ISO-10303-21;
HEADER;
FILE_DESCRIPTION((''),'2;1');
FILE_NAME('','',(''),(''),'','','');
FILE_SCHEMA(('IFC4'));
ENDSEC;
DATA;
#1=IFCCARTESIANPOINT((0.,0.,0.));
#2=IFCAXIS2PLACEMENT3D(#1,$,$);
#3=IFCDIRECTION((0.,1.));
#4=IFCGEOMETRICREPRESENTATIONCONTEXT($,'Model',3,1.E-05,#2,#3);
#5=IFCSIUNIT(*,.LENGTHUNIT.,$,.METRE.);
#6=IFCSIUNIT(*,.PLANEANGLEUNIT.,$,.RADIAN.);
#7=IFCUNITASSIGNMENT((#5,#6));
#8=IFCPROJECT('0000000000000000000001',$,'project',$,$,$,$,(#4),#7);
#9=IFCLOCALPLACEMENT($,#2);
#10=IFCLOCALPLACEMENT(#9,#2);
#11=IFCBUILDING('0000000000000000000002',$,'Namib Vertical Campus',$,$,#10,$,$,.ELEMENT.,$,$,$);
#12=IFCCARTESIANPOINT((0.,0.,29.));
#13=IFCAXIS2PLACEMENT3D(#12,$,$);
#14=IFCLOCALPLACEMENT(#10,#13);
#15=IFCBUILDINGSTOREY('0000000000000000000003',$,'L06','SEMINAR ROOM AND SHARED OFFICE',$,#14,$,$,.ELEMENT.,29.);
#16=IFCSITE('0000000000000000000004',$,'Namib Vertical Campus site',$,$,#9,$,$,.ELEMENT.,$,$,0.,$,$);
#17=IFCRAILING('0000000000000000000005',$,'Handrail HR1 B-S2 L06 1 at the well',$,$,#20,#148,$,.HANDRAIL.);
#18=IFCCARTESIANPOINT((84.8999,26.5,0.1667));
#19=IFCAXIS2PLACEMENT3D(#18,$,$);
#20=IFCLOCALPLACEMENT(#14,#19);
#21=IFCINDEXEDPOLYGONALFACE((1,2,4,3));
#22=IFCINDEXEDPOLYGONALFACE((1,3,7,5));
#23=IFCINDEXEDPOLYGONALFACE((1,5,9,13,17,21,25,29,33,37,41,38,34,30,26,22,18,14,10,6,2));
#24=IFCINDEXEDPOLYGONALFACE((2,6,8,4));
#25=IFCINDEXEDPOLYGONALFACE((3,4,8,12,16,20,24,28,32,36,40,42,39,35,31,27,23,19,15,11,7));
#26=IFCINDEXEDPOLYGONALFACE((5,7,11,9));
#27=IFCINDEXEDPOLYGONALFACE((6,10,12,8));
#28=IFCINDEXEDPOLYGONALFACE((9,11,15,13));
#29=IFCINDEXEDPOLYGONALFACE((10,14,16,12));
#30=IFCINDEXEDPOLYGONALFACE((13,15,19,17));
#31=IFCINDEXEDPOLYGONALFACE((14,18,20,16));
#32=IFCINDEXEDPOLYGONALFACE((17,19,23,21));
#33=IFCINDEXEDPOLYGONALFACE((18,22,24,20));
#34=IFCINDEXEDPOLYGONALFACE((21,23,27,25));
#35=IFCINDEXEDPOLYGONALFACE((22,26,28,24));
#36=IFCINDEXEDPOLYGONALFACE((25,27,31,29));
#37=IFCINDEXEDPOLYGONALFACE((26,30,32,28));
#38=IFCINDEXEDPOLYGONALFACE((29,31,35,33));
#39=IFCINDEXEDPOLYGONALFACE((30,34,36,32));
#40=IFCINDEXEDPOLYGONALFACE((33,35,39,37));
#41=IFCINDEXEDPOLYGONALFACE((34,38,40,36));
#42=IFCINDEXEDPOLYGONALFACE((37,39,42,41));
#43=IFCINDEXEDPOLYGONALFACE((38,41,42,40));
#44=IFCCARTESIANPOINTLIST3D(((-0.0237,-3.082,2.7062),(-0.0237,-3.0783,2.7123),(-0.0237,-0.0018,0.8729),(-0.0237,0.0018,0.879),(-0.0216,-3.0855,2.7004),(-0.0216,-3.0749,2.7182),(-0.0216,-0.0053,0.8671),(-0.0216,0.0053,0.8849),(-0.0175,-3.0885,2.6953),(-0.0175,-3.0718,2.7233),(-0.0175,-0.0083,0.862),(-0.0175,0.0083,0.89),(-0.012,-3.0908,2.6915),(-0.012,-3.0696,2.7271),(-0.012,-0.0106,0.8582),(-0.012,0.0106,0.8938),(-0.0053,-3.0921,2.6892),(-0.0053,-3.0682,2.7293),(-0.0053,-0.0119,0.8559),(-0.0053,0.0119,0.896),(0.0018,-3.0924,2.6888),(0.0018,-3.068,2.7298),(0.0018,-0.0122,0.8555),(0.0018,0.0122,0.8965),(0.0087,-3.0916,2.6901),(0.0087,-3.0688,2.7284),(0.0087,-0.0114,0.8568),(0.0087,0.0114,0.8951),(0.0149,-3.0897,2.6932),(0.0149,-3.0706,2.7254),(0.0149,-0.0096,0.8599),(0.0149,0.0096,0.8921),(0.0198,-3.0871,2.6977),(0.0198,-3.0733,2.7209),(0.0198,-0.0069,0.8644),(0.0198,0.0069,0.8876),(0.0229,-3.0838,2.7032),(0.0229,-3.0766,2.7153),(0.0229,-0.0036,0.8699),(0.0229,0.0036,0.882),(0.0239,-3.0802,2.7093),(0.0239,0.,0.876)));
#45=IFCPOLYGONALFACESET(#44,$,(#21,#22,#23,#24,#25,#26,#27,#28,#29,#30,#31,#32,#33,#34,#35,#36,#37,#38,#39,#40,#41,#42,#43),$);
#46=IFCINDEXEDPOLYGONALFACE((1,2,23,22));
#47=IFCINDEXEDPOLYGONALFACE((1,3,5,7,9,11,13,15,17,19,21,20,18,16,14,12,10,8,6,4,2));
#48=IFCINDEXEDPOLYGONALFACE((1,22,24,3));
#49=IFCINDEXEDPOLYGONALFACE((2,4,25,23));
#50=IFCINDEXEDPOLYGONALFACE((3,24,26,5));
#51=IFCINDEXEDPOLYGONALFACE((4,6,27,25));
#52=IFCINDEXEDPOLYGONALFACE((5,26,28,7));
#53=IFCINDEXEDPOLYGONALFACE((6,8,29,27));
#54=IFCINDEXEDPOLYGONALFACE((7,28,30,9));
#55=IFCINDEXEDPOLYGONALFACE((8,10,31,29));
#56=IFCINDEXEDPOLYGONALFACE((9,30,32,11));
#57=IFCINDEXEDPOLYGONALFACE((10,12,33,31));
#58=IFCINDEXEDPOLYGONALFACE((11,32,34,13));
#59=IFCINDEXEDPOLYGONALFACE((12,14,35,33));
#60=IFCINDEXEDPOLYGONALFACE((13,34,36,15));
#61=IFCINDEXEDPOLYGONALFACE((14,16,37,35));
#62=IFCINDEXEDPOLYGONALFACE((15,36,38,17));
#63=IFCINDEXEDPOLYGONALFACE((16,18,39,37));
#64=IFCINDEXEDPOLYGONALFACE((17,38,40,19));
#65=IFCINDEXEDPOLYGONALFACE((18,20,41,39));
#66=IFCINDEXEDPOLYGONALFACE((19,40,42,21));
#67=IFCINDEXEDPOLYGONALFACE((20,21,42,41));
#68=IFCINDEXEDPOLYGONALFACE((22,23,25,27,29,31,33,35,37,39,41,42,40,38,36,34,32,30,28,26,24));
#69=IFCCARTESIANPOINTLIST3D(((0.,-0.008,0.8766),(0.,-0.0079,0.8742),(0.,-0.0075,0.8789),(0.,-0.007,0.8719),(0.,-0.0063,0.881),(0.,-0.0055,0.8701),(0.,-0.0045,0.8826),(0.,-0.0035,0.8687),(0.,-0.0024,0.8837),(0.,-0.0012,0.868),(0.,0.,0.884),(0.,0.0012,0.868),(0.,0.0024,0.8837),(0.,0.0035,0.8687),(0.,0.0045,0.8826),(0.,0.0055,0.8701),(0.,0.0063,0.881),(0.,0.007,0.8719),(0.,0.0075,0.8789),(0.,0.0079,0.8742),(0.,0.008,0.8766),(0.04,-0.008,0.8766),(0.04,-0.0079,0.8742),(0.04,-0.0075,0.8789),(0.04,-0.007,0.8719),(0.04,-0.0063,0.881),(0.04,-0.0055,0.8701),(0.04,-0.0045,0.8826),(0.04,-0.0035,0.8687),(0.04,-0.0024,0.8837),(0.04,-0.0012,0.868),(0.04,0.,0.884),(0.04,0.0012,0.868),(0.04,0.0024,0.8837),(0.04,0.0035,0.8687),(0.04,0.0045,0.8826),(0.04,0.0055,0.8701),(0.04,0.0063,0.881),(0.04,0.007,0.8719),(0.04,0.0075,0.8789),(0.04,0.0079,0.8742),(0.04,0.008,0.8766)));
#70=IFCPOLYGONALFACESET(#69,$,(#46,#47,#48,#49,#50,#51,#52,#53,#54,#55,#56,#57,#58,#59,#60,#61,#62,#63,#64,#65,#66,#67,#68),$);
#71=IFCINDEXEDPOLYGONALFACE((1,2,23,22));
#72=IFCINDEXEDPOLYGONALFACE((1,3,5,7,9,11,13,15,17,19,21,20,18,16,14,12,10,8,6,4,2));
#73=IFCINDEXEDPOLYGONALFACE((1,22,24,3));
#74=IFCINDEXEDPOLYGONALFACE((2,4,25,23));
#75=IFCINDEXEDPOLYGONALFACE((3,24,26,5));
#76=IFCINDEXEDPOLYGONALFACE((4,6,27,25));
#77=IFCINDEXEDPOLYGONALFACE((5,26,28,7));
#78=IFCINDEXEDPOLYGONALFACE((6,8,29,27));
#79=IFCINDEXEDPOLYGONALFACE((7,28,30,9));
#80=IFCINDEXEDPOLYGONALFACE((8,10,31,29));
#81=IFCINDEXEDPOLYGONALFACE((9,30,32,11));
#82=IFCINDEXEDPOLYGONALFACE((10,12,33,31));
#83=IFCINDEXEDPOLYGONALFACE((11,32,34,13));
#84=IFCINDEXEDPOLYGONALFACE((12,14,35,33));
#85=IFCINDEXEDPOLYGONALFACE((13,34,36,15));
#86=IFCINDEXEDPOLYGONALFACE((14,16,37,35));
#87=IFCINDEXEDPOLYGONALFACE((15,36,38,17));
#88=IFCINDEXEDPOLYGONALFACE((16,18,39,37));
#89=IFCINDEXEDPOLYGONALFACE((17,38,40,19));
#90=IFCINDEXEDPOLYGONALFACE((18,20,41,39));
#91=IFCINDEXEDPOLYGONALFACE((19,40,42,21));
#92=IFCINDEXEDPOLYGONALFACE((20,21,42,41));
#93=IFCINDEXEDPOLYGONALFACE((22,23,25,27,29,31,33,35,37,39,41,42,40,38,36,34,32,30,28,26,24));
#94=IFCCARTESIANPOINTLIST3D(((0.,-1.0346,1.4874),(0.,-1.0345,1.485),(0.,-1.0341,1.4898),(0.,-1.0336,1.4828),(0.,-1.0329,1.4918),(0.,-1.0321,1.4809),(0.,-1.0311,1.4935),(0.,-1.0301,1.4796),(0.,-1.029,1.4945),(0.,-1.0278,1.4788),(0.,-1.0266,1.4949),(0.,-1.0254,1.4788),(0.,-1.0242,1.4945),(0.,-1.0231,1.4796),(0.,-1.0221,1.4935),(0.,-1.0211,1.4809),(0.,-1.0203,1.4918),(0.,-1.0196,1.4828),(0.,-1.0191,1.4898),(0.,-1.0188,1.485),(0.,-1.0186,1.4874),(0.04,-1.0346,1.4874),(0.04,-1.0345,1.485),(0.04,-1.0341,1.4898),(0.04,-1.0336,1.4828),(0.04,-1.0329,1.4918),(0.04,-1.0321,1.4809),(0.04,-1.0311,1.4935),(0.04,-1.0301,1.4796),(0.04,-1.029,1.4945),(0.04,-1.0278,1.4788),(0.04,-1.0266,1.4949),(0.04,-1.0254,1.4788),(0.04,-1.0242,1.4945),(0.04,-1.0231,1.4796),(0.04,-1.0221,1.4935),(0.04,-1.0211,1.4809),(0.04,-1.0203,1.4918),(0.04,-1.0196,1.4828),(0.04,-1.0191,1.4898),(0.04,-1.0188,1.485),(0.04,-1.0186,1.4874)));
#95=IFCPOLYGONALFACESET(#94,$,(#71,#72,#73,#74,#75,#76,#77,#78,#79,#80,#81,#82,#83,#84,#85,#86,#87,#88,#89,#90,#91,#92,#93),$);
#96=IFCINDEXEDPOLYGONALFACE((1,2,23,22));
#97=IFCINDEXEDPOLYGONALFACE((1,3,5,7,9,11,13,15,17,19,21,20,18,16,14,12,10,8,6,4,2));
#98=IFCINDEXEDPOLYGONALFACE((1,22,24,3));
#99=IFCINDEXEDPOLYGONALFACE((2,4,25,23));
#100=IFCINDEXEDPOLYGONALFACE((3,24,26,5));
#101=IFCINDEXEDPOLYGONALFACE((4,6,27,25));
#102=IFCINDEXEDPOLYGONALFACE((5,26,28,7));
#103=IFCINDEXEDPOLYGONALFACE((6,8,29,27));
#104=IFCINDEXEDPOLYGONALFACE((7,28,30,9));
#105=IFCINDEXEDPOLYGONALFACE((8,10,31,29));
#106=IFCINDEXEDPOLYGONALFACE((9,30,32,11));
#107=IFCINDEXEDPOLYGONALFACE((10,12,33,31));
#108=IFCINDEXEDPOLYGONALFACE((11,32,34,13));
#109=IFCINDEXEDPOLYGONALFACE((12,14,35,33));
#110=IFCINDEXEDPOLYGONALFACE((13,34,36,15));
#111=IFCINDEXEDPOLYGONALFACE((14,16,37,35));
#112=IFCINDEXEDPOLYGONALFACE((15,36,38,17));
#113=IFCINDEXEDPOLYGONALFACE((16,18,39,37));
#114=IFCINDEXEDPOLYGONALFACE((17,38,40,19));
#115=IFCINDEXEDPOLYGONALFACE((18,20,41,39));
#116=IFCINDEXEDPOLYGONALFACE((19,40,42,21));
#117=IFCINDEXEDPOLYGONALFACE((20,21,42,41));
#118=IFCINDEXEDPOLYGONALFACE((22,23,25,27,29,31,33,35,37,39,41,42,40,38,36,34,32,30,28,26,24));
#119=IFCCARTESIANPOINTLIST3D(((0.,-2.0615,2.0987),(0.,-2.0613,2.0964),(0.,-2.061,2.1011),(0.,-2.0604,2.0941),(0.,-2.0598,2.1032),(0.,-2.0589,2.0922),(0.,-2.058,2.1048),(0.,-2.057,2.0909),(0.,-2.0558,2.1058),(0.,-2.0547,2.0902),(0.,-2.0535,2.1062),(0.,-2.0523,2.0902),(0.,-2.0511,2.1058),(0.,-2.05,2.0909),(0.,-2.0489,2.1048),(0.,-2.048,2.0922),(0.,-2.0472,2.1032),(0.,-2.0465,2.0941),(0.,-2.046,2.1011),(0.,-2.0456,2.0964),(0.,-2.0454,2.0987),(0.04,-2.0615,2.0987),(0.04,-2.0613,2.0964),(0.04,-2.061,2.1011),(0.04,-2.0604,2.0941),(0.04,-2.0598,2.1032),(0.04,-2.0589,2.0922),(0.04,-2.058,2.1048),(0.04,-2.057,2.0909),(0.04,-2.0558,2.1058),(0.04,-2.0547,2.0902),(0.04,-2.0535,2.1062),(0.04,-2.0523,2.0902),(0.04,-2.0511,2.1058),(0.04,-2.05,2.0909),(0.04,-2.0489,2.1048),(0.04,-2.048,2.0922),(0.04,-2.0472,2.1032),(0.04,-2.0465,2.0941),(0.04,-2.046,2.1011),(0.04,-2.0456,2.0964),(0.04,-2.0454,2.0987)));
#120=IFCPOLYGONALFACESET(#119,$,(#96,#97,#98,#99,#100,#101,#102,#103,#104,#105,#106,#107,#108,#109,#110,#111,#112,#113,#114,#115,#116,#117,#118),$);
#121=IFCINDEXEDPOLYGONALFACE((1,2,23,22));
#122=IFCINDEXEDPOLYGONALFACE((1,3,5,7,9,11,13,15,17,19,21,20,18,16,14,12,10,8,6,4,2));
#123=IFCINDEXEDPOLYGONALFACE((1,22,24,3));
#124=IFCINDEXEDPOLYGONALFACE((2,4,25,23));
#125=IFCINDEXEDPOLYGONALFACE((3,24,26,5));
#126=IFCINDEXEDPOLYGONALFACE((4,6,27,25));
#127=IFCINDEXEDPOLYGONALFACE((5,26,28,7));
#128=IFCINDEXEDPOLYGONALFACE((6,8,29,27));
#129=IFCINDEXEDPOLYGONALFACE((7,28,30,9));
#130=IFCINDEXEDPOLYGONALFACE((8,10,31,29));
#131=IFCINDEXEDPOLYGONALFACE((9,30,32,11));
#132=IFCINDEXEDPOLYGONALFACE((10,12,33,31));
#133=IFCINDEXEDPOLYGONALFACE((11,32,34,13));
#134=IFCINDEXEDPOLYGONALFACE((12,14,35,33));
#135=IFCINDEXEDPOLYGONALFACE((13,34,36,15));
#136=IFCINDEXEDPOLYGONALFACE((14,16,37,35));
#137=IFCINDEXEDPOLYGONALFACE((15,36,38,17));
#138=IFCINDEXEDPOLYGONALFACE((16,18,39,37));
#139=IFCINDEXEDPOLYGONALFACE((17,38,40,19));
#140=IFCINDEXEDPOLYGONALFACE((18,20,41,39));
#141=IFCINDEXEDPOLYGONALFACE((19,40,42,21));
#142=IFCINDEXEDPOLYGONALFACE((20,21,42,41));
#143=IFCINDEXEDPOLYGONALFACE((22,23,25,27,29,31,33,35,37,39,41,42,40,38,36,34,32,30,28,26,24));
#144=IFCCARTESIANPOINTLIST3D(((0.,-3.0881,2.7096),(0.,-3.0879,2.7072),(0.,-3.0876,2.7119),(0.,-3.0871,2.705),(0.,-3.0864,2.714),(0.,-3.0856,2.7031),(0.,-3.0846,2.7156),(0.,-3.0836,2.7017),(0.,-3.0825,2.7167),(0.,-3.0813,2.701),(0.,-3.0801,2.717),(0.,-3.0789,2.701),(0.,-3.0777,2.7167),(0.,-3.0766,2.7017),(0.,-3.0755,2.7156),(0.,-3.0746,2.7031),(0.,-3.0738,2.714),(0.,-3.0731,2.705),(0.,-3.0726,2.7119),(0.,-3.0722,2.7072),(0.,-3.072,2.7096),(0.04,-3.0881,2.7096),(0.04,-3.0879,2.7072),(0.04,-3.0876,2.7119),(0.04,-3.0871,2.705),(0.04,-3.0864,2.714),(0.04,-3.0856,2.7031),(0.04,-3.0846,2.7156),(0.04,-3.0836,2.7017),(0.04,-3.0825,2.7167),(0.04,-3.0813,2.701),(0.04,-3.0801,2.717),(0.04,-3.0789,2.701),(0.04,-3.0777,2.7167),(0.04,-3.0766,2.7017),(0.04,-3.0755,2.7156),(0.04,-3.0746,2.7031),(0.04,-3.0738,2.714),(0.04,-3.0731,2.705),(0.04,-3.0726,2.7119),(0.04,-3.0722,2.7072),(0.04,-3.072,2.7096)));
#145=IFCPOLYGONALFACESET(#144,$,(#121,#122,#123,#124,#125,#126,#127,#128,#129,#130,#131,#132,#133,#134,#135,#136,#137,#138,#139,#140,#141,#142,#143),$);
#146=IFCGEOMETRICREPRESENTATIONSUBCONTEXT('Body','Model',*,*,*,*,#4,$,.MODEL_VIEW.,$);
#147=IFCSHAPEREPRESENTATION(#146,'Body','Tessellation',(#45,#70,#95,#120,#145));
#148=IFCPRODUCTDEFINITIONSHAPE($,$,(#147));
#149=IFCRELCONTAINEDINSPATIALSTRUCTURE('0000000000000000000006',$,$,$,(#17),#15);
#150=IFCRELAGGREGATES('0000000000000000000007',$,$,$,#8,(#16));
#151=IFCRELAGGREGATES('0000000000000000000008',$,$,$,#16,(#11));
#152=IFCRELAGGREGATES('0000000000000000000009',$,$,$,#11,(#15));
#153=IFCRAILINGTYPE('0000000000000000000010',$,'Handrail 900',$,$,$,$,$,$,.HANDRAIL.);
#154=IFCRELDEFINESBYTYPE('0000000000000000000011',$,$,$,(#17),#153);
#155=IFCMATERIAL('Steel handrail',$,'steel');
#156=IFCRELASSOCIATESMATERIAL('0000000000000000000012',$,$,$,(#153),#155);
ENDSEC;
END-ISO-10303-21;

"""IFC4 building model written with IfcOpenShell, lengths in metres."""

from ifc_helpers import new_model, si_unit, direction, frame, origin, origin_2d, place, context, subcontext, project, spatial, circle, extrude, material, type_object, element, save


model = new_model("IFC4")

# Units and contexts
model_context = context("Model", 3, precision=1e-05, world=origin(), true_north=direction((0.0, 1.0)))
body_context = subcontext(model_context, "Body", "Model", "MODEL_VIEW")
ifc_project = project(units=[si_unit("LENGTHUNIT", "METRE"), si_unit("PLANEANGLEUNIT", "RADIAN")], contexts=[model_context])

# Site, building, storey
site_placement = place(None, origin())
site = spatial("IfcSite", under=ifc_project, at=site_placement, Name="Namib Vertical Campus site", CompositionType="ELEMENT", RefElevation=0.0)
building_placement = place(site_placement, origin())
building = spatial("IfcBuilding", under=site, at=building_placement, Name="Namib Vertical Campus", CompositionType="ELEMENT")
storey_placement = place(building_placement, frame((0.0, 0.0, 29.0)))
storey = spatial("IfcBuildingStorey", under=building, at=storey_placement, Name="L06", Description="SEMINAR ROOM AND SHARED OFFICE", CompositionType="ELEMENT", Elevation=29.0)

# Railing
ifc_material_1 = material(Name="Steel handrail", Category="steel")
railing_type_1 = type_object("IfcRailingType", Name="Handrail 900", PredefinedType="HANDRAIL", material=ifc_material_1)
railing_1_placement = place(storey_placement, frame((84.8999, 26.5, 0.1667)))
element("IfcRailing", 1, at=railing_1_placement, inside=storey, type_object=railing_type_1, Name="Handrail HR1 B-S2 L06 1 at the well", PredefinedType="HANDRAIL", context=body_context, shape_type="SweptSolid", body=[
    extrude(circle(Radius=0.0239, at=origin_2d()), frame((0.0, 0.0, 0.876), z_axis=(0.0, -0.859309, 0.511458), x_axis=(1.0, 0.0, 0.0)), (0.0, 0.0, 1.0), 3.5845),
    extrude(circle(Radius=0.0081, at=origin_2d()), frame((0.0, 0.0, 0.876), z_axis=(1.0, 0.0, 0.0), x_axis=(0.0, 0.0, 1.0)), (0.0, 0.0, 1.0), 0.04),
    extrude(circle(Radius=0.0081, at=origin_2d()), frame((0.0, -1.0266, 1.4868), z_axis=(1.0, 0.0, 0.0), x_axis=(0.0, 0.0, 1.0)), (0.0, 0.0, 1.0), 0.04),
    extrude(circle(Radius=0.0081, at=origin_2d()), frame((0.0, -2.0535, 2.0981), z_axis=(1.0, 0.0, 0.0), x_axis=(0.0, 0.0, 1.0)), (0.0, 0.0, 1.0), 0.04),
    extrude(circle(Radius=0.0081, at=origin_2d()), frame((0.0, -3.0801, 2.709), z_axis=(1.0, 0.0, 0.0), x_axis=(0.0, 0.0, 1.0)), (0.0, 0.0, 1.0), 0.04),
])

save(model, "model.ifc")
